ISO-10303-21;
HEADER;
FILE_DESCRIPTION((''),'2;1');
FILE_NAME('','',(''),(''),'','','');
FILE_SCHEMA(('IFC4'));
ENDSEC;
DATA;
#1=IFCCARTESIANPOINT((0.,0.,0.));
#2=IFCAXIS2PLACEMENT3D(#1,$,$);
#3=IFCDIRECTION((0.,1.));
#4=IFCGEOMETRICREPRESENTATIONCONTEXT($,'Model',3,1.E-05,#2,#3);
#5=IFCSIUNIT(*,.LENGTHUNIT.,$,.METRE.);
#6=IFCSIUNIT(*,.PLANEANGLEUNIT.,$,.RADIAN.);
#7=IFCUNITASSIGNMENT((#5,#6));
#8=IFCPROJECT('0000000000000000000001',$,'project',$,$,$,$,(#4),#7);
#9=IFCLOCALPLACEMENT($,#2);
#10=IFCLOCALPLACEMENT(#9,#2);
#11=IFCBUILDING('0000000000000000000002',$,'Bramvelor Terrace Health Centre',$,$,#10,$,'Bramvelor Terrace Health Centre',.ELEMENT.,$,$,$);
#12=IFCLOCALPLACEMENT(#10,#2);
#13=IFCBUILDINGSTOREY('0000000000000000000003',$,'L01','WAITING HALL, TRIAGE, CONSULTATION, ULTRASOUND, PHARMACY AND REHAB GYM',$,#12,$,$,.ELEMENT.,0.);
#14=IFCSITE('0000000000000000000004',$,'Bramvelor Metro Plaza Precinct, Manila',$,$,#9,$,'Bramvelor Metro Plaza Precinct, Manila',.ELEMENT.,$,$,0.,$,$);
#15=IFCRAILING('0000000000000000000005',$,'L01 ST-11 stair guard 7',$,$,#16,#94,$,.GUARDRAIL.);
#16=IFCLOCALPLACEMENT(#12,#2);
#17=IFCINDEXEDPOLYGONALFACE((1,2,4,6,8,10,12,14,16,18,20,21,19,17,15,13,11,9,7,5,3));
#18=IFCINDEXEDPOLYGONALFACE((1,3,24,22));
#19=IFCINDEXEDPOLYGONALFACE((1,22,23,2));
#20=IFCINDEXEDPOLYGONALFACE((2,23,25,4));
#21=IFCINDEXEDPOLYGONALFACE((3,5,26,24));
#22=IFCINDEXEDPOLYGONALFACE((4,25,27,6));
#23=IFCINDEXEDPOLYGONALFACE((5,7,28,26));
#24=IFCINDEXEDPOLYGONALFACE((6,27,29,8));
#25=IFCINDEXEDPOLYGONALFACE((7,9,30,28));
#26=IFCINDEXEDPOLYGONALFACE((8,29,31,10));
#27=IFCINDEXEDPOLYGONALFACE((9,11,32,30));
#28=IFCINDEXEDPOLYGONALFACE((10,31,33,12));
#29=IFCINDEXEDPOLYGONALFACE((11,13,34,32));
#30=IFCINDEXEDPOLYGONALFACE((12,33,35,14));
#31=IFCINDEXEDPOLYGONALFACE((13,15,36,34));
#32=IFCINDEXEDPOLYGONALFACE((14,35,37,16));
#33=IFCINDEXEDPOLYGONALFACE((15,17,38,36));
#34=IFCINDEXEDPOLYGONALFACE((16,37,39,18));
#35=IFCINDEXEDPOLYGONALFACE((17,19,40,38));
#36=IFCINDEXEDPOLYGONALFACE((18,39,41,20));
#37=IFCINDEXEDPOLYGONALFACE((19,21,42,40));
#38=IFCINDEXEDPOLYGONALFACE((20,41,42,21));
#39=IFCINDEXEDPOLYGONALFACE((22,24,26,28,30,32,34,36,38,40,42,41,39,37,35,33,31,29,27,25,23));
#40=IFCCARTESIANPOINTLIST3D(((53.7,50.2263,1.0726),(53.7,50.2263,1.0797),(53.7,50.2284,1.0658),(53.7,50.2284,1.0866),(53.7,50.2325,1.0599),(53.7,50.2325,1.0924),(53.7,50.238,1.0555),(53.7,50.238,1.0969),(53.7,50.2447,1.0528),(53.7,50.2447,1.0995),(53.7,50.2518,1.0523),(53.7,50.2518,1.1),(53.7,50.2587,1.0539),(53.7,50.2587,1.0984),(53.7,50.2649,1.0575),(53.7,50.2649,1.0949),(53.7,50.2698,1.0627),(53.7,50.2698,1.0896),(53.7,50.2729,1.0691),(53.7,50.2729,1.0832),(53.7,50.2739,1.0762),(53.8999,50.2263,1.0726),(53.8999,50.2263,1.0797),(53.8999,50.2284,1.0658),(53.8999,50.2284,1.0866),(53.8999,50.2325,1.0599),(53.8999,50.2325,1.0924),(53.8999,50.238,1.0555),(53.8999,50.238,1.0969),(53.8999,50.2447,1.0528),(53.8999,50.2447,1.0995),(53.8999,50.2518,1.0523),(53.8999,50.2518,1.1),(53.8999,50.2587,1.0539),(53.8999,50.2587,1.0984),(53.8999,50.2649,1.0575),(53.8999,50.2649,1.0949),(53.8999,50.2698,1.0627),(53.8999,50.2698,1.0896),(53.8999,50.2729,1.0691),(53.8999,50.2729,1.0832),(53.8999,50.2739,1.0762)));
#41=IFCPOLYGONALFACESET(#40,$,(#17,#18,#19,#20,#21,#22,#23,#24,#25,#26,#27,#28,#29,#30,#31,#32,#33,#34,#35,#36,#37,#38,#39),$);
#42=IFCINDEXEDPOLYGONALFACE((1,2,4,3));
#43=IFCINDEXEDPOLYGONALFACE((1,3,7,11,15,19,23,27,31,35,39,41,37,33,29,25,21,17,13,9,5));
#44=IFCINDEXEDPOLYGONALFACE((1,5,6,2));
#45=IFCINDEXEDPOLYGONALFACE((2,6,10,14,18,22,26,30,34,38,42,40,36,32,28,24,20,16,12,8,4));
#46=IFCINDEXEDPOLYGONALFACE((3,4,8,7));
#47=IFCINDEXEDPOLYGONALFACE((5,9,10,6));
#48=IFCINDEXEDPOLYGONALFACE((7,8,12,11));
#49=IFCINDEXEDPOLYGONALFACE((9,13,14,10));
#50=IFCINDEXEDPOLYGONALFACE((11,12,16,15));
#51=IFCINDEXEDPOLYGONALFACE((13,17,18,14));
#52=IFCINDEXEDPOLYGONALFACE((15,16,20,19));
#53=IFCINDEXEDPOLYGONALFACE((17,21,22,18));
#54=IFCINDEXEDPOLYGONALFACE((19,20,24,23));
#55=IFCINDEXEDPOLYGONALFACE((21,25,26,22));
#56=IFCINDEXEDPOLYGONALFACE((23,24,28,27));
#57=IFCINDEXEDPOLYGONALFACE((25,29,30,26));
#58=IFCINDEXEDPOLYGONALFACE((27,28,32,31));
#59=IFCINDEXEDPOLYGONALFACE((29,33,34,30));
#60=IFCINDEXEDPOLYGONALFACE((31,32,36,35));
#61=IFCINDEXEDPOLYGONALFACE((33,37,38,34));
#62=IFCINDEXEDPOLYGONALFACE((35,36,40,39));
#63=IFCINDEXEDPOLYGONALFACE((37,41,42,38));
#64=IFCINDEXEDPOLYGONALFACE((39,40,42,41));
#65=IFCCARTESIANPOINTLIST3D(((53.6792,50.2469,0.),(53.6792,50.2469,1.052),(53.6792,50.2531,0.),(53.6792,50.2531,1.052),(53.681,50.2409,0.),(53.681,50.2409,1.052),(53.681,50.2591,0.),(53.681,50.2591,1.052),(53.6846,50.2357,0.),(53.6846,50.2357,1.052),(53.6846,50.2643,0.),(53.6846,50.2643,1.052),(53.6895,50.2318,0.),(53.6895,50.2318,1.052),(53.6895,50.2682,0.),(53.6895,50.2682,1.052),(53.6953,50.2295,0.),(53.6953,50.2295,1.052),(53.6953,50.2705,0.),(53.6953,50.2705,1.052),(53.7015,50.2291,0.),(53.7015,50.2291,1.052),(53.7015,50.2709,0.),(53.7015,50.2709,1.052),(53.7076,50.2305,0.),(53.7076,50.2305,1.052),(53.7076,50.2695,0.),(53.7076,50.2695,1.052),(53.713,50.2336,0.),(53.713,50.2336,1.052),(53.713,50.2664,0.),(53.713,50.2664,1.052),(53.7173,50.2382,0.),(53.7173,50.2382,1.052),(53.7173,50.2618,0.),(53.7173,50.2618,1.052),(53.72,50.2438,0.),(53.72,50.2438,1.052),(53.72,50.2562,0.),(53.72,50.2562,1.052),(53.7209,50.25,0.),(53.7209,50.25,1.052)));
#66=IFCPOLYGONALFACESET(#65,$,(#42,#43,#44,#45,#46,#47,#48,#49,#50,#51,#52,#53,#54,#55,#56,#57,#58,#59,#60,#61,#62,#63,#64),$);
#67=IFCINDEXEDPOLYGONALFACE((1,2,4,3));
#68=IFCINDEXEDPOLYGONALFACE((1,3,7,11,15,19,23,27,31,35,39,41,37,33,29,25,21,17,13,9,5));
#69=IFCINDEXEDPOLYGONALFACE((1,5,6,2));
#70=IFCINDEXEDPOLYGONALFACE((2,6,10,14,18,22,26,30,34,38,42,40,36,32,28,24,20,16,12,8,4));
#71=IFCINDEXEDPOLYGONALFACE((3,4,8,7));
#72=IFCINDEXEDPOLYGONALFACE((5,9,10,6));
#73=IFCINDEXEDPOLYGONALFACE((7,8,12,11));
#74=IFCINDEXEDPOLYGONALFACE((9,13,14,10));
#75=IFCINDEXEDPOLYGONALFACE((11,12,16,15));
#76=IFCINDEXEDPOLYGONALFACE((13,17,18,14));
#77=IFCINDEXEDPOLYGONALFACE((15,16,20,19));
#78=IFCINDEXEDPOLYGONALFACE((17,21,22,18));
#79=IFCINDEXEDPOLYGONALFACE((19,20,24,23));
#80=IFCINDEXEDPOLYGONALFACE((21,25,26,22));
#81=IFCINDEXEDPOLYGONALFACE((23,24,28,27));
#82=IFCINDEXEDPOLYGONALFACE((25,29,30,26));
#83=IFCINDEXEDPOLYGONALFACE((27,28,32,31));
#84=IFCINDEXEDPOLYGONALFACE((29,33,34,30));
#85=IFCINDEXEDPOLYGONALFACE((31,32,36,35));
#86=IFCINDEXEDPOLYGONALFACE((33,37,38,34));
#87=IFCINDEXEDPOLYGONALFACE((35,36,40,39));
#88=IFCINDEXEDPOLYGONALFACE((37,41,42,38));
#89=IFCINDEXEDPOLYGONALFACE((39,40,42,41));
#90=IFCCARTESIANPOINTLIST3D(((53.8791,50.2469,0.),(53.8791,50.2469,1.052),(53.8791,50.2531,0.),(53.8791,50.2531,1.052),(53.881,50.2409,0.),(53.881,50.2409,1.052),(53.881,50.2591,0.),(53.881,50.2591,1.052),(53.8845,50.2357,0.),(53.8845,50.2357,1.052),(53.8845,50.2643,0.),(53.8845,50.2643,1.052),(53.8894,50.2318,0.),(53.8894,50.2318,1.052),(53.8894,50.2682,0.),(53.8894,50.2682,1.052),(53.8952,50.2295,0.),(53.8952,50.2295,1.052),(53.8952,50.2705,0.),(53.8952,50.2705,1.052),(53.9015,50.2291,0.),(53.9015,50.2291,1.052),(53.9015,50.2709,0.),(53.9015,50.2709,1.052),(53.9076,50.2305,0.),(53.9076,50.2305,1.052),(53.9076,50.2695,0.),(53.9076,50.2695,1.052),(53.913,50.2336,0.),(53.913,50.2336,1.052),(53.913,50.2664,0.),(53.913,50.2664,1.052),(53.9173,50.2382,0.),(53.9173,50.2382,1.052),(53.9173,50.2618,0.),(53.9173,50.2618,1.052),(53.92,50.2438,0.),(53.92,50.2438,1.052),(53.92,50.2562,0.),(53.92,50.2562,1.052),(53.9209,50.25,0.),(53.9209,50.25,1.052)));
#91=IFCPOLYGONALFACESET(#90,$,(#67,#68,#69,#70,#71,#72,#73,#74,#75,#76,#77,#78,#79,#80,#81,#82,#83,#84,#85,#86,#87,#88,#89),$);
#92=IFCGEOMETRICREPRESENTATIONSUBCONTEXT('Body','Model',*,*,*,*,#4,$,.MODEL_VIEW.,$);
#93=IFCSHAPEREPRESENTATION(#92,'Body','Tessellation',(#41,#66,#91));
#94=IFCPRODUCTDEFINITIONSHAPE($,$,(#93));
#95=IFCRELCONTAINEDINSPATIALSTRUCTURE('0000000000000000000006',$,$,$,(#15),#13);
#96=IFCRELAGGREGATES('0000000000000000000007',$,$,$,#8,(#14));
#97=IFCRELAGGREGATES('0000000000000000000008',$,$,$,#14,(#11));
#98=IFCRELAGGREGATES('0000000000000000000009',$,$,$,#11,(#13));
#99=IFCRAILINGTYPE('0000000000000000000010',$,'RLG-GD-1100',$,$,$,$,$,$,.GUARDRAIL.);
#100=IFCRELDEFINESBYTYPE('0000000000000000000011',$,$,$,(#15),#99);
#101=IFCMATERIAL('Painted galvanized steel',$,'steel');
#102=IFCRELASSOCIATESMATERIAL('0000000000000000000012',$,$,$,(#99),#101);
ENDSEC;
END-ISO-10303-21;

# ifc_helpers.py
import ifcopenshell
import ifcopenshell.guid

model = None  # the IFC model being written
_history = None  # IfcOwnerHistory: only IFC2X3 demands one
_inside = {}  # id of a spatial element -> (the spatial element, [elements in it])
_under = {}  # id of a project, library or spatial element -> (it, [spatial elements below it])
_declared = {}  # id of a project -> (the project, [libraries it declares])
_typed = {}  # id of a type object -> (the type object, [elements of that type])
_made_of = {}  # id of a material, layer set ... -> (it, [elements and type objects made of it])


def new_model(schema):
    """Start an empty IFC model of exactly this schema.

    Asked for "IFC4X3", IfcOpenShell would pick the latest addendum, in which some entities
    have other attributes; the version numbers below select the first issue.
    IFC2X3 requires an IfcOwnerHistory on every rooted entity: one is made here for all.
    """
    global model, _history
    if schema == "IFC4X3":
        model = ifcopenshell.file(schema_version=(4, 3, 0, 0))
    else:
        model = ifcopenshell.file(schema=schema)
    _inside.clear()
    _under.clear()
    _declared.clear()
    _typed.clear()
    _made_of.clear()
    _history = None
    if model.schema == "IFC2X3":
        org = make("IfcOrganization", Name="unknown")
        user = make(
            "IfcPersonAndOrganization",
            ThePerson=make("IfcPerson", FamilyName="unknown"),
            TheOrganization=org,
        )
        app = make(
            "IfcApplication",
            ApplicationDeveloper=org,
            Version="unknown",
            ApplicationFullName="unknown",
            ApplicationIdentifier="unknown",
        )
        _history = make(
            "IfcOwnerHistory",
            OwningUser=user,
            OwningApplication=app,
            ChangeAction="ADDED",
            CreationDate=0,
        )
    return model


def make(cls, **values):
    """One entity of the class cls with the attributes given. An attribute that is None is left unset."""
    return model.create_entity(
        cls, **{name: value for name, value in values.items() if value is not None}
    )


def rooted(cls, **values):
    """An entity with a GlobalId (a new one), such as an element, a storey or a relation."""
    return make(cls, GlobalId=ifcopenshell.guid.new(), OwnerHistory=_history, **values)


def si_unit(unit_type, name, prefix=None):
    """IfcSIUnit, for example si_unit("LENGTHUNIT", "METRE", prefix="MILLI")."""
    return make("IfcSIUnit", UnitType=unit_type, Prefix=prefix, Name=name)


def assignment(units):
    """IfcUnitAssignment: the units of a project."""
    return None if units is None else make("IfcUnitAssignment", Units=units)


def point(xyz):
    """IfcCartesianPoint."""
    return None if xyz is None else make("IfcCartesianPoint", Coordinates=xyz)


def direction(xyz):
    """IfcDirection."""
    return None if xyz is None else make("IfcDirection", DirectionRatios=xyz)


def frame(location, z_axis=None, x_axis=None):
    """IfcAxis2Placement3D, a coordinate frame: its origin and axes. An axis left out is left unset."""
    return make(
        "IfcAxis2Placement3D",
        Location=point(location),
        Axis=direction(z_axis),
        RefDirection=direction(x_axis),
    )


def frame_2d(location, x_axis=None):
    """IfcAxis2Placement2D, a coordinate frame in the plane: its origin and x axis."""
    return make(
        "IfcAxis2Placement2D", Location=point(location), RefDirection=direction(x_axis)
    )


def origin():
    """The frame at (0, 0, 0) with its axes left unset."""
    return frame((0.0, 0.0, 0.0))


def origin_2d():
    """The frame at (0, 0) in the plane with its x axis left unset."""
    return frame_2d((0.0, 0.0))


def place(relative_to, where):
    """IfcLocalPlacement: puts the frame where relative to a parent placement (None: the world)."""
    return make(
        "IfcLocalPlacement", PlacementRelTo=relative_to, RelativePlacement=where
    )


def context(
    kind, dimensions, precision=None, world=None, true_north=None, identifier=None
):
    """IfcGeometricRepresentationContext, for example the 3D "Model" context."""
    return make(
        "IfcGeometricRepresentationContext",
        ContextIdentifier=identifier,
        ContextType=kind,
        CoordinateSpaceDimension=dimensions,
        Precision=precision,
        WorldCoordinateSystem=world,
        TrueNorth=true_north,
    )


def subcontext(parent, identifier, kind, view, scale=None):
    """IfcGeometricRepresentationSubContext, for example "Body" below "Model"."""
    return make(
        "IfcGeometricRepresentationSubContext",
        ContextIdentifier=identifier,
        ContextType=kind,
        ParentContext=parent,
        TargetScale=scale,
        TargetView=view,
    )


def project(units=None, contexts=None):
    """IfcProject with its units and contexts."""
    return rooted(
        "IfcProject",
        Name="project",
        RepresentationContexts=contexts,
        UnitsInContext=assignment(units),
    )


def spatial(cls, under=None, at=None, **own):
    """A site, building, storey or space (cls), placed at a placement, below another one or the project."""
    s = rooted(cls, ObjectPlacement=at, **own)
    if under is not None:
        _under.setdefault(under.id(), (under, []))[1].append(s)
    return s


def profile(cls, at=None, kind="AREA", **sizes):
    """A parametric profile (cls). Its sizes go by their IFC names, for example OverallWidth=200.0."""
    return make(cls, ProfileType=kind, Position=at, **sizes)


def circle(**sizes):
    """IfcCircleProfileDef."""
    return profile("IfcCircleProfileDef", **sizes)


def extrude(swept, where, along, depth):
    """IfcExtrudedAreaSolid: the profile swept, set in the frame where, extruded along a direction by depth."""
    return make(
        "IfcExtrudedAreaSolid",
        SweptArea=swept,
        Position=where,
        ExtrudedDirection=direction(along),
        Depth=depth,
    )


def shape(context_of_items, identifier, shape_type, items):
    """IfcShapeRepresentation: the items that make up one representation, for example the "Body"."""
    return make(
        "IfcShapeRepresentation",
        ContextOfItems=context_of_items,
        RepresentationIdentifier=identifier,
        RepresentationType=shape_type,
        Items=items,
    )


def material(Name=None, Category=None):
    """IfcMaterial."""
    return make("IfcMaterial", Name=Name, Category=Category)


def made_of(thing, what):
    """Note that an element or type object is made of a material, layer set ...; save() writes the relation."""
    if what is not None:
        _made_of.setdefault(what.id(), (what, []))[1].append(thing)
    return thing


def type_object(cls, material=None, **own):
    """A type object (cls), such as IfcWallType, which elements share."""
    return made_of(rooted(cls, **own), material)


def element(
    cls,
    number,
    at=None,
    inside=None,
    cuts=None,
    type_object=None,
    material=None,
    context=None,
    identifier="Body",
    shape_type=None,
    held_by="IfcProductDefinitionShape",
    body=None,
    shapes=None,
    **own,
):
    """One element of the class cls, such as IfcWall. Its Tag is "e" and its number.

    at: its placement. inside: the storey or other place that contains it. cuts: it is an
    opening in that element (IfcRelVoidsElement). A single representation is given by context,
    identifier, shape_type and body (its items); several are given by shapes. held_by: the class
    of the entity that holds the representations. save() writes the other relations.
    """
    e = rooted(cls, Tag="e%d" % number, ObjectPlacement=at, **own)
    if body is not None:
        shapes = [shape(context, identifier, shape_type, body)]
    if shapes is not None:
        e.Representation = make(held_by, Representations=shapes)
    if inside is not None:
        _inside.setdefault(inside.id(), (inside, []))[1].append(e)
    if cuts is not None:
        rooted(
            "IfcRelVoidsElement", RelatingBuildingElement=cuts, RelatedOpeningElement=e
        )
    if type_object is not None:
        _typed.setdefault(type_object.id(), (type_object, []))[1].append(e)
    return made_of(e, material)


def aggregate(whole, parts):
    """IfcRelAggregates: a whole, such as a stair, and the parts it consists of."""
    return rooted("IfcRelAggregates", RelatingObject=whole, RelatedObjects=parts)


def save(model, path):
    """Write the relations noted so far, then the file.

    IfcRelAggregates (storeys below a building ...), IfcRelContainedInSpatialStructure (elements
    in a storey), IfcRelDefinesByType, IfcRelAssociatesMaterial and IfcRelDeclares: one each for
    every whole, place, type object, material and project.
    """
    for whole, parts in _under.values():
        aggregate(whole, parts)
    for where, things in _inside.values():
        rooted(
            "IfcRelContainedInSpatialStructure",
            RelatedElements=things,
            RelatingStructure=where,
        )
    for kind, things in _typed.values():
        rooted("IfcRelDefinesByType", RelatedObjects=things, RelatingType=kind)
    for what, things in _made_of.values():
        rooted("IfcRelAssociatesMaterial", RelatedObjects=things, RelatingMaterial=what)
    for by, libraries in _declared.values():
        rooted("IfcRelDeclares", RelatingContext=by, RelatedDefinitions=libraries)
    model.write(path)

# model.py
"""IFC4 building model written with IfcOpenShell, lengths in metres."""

from ifc_helpers import new_model, si_unit, direction, frame, origin, origin_2d, place, context, subcontext, project, spatial, circle, extrude, material, type_object, element, save


model = new_model("IFC4")

# Units and contexts
model_context = context("Model", 3, precision=1e-05, world=origin(), true_north=direction((0.0, 1.0)))
body_context = subcontext(model_context, "Body", "Model", "MODEL_VIEW")
ifc_project = project(units=[si_unit("LENGTHUNIT", "METRE"), si_unit("PLANEANGLEUNIT", "RADIAN")], contexts=[model_context])

# Site, building, storey
site_placement = place(None, origin())
site = spatial("IfcSite", under=ifc_project, at=site_placement, Name="Bramvelor Metro Plaza Precinct, Manila", LongName="Bramvelor Metro Plaza Precinct, Manila", CompositionType="ELEMENT", RefElevation=0.0)
building_placement = place(site_placement, origin())
building = spatial("IfcBuilding", under=site, at=building_placement, Name="Bramvelor Terrace Health Centre", LongName="Bramvelor Terrace Health Centre", CompositionType="ELEMENT")
storey_placement = place(building_placement, origin())
storey = spatial("IfcBuildingStorey", under=building, at=storey_placement, Name="L01", Description="WAITING HALL, TRIAGE, CONSULTATION, ULTRASOUND, PHARMACY AND REHAB GYM", CompositionType="ELEMENT", Elevation=0.0)

# Railing
ifc_material_1 = material(Name="Painted galvanized steel", Category="steel")
railing_type_1 = type_object("IfcRailingType", Name="RLG-GD-1100", PredefinedType="GUARDRAIL", material=ifc_material_1)
railing_1_placement = place(storey_placement, frame((53.7, 50.25, 0.0)))
element("IfcRailing", 1, at=railing_1_placement, inside=storey, type_object=railing_type_1, Name="L01 ST-11 stair guard 7", PredefinedType="GUARDRAIL", context=body_context, shape_type="SweptSolid", body=[
    extrude(circle(Radius=0.0239, at=origin_2d()), frame((0.0, 0.0, 1.0762), z_axis=(1.0, 0.0, 0.0), x_axis=(0.0, 1.0, 0.0)), (0.0, 0.0, 1.0), 0.2),
    extrude(circle(Radius=0.021, at=origin_2d()), origin(), (0.0, 0.0, 1.0), 1.052),
    extrude(circle(Radius=0.021, at=origin_2d()), frame((0.2, 0.0, 0.0)), (0.0, 0.0, 1.0), 1.052),
])

save(model, "model.ifc")
